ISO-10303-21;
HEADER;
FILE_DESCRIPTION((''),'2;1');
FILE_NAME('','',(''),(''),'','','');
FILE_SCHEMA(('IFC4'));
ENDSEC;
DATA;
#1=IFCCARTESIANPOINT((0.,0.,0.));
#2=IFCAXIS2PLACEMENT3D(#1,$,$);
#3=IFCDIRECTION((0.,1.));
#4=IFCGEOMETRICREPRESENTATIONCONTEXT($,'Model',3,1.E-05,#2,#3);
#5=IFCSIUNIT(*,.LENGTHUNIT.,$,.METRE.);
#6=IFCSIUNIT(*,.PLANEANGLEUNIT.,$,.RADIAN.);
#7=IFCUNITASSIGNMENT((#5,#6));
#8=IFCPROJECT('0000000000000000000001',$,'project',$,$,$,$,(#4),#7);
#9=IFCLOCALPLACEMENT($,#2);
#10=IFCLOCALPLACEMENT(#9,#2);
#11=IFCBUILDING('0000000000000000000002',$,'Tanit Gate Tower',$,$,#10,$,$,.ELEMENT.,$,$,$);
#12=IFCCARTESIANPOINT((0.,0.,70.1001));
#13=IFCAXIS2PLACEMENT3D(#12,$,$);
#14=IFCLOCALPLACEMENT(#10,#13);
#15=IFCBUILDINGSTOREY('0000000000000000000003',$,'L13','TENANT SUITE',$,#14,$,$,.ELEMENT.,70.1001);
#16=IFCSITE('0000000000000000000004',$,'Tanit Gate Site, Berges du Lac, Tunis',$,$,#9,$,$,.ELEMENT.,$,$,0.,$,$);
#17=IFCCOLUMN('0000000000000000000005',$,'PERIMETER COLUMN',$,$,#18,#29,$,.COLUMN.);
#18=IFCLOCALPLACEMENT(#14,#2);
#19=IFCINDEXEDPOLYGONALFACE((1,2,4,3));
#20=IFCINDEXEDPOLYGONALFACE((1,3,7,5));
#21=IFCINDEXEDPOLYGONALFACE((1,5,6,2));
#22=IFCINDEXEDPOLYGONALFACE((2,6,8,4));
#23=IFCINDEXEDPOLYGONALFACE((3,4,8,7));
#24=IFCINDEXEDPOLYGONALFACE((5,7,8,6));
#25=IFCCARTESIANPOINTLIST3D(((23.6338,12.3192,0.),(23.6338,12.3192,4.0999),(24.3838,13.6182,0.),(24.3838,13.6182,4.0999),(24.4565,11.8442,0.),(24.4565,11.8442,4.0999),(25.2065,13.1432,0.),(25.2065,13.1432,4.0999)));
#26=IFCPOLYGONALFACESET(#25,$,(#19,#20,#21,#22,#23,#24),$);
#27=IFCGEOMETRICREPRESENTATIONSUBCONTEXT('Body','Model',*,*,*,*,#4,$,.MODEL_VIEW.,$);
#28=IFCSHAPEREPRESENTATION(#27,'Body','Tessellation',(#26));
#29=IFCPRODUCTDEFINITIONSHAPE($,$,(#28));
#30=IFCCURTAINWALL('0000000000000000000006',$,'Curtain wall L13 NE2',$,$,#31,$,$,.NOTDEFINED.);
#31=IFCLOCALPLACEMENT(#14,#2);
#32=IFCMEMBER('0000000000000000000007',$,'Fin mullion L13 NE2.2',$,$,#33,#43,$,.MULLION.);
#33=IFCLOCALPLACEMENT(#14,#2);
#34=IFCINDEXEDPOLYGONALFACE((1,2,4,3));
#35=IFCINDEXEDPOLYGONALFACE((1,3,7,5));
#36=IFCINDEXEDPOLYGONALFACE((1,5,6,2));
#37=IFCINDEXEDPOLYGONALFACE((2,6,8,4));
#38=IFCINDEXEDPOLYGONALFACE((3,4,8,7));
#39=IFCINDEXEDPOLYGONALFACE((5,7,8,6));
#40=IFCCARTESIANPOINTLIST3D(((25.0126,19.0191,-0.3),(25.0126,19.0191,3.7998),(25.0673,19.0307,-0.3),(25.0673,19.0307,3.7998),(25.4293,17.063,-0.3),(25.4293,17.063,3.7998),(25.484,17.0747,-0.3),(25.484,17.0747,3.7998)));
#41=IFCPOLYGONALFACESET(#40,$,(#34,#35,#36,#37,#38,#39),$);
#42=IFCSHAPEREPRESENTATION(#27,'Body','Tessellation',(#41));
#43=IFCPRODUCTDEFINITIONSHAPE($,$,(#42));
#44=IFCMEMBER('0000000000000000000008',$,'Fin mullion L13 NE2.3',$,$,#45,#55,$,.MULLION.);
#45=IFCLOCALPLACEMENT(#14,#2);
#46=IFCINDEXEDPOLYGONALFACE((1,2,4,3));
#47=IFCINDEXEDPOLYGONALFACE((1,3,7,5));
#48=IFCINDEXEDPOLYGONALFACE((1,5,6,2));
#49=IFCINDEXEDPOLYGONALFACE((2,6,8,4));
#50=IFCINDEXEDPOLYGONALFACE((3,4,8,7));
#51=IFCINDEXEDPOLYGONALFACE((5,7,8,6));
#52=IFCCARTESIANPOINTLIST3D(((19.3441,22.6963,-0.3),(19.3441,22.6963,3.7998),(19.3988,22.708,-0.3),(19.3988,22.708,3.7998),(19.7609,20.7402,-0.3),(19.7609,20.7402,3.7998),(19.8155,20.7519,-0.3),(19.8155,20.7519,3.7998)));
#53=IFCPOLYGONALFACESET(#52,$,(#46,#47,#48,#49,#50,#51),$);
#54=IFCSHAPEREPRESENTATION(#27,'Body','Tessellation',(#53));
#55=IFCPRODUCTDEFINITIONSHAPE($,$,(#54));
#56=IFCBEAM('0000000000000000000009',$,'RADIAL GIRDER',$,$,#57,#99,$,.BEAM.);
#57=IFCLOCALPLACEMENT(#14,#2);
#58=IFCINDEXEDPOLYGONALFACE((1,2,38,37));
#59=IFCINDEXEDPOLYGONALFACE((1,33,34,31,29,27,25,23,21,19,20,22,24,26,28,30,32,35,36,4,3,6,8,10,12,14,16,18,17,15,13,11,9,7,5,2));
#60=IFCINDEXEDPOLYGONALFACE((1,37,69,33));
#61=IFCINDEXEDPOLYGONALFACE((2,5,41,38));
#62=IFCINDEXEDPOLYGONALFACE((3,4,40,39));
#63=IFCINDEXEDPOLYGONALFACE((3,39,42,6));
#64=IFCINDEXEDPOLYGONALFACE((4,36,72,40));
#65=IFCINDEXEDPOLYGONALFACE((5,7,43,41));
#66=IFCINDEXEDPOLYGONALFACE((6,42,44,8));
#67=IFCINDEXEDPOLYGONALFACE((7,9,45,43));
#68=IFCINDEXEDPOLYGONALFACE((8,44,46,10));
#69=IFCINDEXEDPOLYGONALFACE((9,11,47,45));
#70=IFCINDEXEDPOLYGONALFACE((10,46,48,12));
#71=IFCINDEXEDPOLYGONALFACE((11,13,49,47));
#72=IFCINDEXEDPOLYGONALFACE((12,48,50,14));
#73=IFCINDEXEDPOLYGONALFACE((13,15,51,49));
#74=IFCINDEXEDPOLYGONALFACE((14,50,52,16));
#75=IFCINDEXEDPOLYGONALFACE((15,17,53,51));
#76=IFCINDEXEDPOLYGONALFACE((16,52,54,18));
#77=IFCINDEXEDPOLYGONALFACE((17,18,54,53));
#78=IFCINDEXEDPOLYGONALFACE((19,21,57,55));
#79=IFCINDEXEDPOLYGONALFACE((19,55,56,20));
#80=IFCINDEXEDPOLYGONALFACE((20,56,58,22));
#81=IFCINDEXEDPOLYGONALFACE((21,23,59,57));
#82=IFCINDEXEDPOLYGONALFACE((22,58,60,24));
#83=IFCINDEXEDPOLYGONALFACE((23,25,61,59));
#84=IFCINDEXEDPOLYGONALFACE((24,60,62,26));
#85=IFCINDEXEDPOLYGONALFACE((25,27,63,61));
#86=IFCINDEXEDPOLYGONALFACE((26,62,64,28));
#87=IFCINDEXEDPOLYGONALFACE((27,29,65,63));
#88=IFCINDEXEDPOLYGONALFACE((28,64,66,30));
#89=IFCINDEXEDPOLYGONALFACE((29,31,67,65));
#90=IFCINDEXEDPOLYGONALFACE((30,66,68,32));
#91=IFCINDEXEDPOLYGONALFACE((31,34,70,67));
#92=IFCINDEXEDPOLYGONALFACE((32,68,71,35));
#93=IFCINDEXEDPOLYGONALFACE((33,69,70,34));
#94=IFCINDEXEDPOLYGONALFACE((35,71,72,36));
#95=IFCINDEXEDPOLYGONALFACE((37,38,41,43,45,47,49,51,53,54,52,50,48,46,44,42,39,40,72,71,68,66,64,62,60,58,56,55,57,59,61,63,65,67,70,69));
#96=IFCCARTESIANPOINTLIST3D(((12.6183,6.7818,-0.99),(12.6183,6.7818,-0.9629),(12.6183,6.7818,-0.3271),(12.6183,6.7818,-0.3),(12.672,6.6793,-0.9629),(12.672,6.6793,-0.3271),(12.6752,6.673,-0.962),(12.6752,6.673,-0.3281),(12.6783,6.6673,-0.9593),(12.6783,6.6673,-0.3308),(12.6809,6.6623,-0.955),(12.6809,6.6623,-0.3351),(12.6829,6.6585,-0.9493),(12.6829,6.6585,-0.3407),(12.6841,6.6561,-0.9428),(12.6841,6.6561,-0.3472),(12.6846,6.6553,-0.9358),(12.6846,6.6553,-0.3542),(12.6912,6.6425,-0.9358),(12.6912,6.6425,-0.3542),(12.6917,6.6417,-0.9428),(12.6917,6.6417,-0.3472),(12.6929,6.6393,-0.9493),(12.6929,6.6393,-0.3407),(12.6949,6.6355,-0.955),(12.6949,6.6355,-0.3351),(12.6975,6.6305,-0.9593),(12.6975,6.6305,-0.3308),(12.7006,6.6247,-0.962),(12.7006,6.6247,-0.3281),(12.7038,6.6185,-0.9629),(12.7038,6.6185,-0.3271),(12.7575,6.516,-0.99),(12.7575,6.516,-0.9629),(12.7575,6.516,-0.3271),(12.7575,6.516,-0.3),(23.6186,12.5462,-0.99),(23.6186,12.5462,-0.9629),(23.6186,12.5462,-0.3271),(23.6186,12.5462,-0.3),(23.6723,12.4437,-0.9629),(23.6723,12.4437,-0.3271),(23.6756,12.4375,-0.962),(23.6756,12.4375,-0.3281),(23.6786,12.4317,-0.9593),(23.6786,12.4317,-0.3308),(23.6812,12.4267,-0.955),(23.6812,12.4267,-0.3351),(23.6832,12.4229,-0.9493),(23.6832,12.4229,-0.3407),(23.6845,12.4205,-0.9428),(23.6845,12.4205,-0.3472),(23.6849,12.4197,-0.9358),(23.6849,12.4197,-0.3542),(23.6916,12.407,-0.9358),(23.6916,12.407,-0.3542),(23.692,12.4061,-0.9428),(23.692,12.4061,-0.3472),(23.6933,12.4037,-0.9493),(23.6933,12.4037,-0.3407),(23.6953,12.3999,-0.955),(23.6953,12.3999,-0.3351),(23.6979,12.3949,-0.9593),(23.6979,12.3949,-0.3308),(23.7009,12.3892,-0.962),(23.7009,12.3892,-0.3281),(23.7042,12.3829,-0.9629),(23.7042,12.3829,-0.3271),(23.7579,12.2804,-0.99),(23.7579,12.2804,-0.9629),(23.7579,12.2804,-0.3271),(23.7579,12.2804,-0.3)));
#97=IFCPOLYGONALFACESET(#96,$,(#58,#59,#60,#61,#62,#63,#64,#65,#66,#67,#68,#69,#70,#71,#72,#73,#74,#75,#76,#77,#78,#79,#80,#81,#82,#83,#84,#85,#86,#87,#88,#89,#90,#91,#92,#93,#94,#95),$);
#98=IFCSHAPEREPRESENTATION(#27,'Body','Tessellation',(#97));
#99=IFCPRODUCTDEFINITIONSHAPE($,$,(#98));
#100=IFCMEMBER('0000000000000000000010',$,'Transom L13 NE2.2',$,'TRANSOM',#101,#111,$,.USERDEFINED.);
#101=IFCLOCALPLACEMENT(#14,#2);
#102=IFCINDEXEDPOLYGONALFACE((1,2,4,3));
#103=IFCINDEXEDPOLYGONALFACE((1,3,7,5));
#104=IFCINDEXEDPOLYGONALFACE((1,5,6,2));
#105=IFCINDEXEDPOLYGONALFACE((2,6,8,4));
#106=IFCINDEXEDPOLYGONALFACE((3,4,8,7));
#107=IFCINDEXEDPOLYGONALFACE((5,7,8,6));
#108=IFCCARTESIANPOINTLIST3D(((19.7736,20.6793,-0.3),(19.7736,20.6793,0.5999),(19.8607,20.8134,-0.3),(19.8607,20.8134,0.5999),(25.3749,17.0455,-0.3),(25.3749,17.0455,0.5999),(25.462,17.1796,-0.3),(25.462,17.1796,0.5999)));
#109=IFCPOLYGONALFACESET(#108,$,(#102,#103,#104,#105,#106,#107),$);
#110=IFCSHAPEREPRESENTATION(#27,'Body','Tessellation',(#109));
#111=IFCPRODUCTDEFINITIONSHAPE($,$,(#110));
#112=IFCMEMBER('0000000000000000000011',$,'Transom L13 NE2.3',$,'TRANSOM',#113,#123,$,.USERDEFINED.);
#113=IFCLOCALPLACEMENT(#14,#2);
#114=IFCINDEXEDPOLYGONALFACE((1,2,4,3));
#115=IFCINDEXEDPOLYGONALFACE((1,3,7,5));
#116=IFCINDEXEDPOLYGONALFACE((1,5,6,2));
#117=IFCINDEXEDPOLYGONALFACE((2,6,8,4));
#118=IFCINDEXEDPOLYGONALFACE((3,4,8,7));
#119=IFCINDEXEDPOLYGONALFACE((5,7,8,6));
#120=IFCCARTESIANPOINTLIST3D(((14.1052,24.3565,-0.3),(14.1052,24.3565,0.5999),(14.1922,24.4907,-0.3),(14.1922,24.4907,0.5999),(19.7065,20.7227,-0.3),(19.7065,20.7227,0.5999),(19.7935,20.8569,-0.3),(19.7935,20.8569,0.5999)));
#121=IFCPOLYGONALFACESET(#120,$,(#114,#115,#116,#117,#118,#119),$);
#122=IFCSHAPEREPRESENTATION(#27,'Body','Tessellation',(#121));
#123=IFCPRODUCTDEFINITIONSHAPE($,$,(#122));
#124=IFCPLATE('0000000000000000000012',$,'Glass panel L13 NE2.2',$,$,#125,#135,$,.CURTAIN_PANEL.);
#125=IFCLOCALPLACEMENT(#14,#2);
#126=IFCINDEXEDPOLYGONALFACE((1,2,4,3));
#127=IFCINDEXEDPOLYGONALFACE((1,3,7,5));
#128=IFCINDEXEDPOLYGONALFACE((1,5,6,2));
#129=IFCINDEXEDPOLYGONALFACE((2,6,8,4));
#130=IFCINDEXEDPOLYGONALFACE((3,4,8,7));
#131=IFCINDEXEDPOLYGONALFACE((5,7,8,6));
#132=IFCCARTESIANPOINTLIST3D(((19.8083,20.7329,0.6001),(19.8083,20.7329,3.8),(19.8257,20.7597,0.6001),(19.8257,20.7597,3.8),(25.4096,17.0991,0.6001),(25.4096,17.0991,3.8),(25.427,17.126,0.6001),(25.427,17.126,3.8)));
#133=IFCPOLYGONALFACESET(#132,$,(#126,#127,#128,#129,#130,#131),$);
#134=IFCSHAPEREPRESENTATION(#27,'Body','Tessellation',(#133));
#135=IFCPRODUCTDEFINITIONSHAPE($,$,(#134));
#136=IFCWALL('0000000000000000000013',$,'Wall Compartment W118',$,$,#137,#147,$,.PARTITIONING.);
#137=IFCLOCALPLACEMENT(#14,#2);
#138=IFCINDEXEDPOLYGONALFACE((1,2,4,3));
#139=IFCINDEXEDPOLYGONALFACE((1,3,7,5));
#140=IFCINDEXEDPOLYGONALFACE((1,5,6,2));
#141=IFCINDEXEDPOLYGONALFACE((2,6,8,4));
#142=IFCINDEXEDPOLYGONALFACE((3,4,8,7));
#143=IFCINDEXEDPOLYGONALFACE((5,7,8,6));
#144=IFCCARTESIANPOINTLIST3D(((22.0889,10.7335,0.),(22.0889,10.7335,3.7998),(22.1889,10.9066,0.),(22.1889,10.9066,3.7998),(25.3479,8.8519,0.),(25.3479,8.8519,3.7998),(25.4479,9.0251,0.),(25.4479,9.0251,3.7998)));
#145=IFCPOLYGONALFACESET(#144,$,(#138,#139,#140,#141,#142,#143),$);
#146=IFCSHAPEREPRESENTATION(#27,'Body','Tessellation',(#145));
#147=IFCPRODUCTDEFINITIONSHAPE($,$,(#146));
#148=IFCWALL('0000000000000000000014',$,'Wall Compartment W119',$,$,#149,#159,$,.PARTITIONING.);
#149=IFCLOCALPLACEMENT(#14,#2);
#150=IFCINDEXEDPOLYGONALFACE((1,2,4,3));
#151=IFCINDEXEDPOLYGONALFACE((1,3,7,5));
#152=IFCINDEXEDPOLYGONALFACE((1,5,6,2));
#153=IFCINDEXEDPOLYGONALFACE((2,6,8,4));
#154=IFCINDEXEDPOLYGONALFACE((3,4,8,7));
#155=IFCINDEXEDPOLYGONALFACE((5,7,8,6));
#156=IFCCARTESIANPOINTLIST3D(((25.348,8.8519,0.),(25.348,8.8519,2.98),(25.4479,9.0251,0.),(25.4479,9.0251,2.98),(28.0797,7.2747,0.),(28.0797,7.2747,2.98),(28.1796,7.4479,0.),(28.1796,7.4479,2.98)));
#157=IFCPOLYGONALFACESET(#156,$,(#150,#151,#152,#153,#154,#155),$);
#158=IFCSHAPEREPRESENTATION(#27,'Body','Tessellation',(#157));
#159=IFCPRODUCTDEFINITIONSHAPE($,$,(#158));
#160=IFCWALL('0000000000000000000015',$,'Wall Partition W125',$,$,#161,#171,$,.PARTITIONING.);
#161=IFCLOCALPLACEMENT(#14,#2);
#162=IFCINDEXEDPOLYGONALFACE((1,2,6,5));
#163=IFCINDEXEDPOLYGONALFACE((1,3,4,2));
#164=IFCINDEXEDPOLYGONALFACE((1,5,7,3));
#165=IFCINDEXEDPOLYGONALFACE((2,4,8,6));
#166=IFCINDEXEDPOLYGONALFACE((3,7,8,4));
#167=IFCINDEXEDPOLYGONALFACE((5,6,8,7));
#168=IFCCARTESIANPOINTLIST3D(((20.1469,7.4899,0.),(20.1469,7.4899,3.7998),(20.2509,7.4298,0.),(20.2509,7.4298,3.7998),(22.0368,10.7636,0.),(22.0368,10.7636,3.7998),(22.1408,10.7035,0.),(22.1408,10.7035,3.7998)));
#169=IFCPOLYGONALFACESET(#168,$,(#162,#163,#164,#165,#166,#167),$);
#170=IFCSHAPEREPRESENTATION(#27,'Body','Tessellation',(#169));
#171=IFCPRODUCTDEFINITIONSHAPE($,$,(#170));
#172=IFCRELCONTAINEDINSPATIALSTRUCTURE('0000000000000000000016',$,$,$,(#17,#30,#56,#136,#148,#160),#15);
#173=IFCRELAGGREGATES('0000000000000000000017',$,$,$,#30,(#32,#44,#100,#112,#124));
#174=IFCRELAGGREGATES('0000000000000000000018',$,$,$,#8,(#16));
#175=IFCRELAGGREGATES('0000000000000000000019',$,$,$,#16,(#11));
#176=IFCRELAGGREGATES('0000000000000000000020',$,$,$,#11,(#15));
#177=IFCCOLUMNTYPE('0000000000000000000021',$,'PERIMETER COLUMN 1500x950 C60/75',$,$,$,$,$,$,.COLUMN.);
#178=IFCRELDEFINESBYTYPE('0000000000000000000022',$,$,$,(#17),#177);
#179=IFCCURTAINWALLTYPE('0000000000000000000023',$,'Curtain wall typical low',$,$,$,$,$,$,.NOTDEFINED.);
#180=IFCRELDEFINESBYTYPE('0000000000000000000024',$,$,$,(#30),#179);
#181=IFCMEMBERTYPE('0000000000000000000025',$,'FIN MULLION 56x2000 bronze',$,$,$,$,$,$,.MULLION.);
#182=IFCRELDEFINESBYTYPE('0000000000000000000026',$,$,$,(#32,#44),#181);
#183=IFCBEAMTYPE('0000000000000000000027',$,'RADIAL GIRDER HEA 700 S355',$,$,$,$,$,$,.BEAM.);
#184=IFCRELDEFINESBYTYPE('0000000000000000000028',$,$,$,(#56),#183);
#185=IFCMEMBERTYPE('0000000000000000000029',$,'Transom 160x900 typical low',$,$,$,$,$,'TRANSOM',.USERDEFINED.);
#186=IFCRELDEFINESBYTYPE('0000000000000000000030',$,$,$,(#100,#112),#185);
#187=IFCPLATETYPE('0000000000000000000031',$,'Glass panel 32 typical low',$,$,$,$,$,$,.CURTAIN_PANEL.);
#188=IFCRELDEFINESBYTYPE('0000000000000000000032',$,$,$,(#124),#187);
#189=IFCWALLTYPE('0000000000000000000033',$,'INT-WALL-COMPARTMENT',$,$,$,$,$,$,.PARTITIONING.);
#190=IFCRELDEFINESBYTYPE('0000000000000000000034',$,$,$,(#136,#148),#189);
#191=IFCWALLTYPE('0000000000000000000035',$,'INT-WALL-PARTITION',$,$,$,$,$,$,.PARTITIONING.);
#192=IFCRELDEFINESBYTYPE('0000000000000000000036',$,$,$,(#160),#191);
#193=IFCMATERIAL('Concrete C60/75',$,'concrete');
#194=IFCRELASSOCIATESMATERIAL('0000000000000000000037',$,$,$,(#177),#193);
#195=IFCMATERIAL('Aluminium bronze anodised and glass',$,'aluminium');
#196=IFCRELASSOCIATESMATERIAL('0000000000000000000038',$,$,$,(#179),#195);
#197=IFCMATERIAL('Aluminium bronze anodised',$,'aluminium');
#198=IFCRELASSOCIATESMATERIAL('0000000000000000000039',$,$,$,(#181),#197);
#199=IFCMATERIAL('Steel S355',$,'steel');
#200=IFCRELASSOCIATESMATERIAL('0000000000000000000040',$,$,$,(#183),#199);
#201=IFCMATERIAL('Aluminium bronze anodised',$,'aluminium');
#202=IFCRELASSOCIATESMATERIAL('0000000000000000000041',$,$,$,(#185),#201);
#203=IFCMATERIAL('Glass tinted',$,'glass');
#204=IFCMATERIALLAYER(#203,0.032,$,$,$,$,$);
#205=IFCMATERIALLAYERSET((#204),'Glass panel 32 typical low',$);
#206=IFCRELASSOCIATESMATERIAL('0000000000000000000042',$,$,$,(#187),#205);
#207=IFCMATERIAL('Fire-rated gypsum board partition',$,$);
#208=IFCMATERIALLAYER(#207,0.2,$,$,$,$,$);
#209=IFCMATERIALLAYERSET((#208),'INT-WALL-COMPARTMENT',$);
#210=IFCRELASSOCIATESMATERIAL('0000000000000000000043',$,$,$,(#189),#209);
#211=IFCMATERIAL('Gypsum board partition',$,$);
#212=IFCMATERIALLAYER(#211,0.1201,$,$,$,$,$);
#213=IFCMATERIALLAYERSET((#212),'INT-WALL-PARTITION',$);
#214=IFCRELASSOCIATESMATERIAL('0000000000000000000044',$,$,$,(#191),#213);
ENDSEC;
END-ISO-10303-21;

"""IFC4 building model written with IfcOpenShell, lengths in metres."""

from ifc_helpers import new_model, si_unit, direction, frame, frame_2d, origin, origin_2d, place, context, subcontext, project, spatial, rectangle, i_section, extrude, material, layer, layer_set, material_profile, profile_set, type_object, element, aggregate, save


model = new_model("IFC4")

# Units and contexts
model_context = context("Model", 3, precision=1e-05, world=origin(), true_north=direction((0.0, 1.0)))
body_context = subcontext(model_context, "Body", "Model", "MODEL_VIEW")
ifc_project = project(units=[si_unit("LENGTHUNIT", "METRE"), si_unit("PLANEANGLEUNIT", "RADIAN")], contexts=[model_context])

# Site, building, storey
site_placement = place(None, origin())
site = spatial("IfcSite", under=ifc_project, at=site_placement, Name="Tanit Gate Site, Berges du Lac, Tunis", CompositionType="ELEMENT", RefElevation=0.0)
building_placement = place(site_placement, origin())
building = spatial("IfcBuilding", under=site, at=building_placement, Name="Tanit Gate Tower", CompositionType="ELEMENT")
storey_placement = place(building_placement, frame((0.0, 0.0, 70.1001)))
storey = spatial("IfcBuildingStorey", under=building, at=storey_placement, Name="L13", Description="TENANT SUITE", CompositionType="ELEMENT", Elevation=70.1001)

# Column
ifc_material_1 = material(Name="Concrete C60/75", Category="concrete")
ifc_material_profile_1 = material_profile(ifc_material_1, rectangle(XDim=1.5, YDim=0.95, at=origin_2d()), Name="RC 1500x950")
ifc_profile_set_1 = profile_set([ifc_material_profile_1], Name="Concrete C60/75")
column_type = type_object("IfcColumnType", Name="PERIMETER COLUMN 1500x950 C60/75", PredefinedType="COLUMN", material=ifc_profile_set_1)
column_placement = place(storey_placement, frame((24.4202, 12.7312, 0.0), z_axis=(0.0, 0.0, 1.0), x_axis=(0.5, 0.866025, 0.0)))
element("IfcColumn", 1, at=column_placement, inside=storey, type_object=column_type, Name="PERIMETER COLUMN", PredefinedType="COLUMN", context=body_context, shape_type="SweptSolid", body=[
    extrude(rectangle(XDim=1.5, YDim=0.95, at=origin_2d()), origin(), (0.0, 0.0, 1.0), 4.0999),
])

# Curtain wall, members
ifc_material_2 = material(Name="Aluminium bronze anodised and glass", Category="aluminium")
curtain_wall_type = type_object("IfcCurtainWallType", Name="Curtain wall typical low", PredefinedType="NOTDEFINED", material=ifc_material_2)
curtain_wall_placement = place(storey_placement, origin())
curtain_wall = element("IfcCurtainWall", 2, at=curtain_wall_placement, inside=storey, type_object=curtain_wall_type, Name="Curtain wall L13 NE2", PredefinedType="NOTDEFINED")
ifc_material_3 = material(Name="Aluminium bronze anodised", Category="aluminium")
ifc_material_profile_2 = material_profile(ifc_material_3, rectangle(XDim=2.0, YDim=0.0559, at=origin_2d()), Name="56x2000 bronze fin mullion")
ifc_profile_set_2 = profile_set([ifc_material_profile_2], Name="Aluminium bronze anodised")
member_type_1 = type_object("IfcMemberType", Name="FIN MULLION 56x2000 bronze", PredefinedType="MULLION", material=ifc_profile_set_2)
member_1_placement = place(storey_placement, frame((25.2483, 18.0469, -0.3), z_axis=(0.0, 0.0, 1.0), x_axis=(0.208373, -0.978049, 0.0)))
member_1 = element("IfcMember", 3, at=member_1_placement, type_object=member_type_1, Name="Fin mullion L13 NE2.2", PredefinedType="MULLION", context=body_context, shape_type="SweptSolid", body=[
    extrude(rectangle(XDim=2.0, YDim=0.0559, at=origin_2d()), origin(), (0.0, 0.0, 1.0), 4.0999),
])
member_2_placement = place(storey_placement, frame((19.5798, 21.7241, -0.3), z_axis=(0.0, 0.0, 1.0), x_axis=(0.208373, -0.978049, 0.0)))
member_2 = element("IfcMember", 4, at=member_2_placement, type_object=member_type_1, Name="Fin mullion L13 NE2.3", PredefinedType="MULLION", context=body_context, shape_type="SweptSolid", body=[
    extrude(rectangle(XDim=2.0, YDim=0.0559, at=origin_2d()), origin(), (0.0, 0.0, 1.0), 4.0999),
])

# Beam
ifc_material_4 = material(Name="Steel S355", Category="steel")
ifc_material_profile_3 = material_profile(ifc_material_4, i_section(OverallWidth=0.3, OverallDepth=0.6899, WebThickness=0.0144, FlangeThickness=0.0271, FilletRadius=0.0271, at=origin_2d()), Name="HEA 700")
ifc_profile_set_3 = profile_set([ifc_material_profile_3], Name="Steel S355")
beam_type = type_object("IfcBeamType", Name="RADIAL GIRDER HEA 700 S355", PredefinedType="BEAM", material=ifc_profile_set_3)
beam_placement = place(storey_placement, frame((23.6882, 12.4133, -0.645), z_axis=(-0.885753, -0.464157, 0.0), x_axis=(0.464157, -0.885753, 0.0)))
element("IfcBeam", 5, at=beam_placement, inside=storey, type_object=beam_type, Name="RADIAL GIRDER", PredefinedType="BEAM", context=body_context, shape_type="SweptSolid", body=[
    extrude(i_section(OverallWidth=0.3, OverallDepth=0.6899, WebThickness=0.0144, FlangeThickness=0.0271, FilletRadius=0.0271, at=origin_2d()), origin(), (0.0, 0.0, 1.0), 12.4192),
])

# Members
ifc_material_5 = material(Name="Aluminium bronze anodised", Category="aluminium")
ifc_material_profile_4 = material_profile(ifc_material_5, rectangle(XDim=0.1599, YDim=0.8999, at=origin_2d()), Name="160x900 bronze transom")
ifc_profile_set_4 = profile_set([ifc_material_profile_4], Name="Aluminium bronze anodised")
member_type_2 = type_object("IfcMemberType", Name="Transom 160x900 typical low", ElementType="TRANSOM", PredefinedType="USERDEFINED", material=ifc_profile_set_4)
member_3_placement = place(storey_placement, frame((25.4185, 17.1125, 0.1499), z_axis=(-0.838927, 0.544244, 0.0), x_axis=(-0.544244, -0.838927, 0.0)))
member_3 = element("IfcMember", 6, at=member_3_placement, type_object=member_type_2, Name="Transom L13 NE2.2", ObjectType="TRANSOM", PredefinedType="USERDEFINED", context=body_context, shape_type="SweptSolid", body=[
    extrude(rectangle(XDim=0.1599, YDim=0.8999, at=origin_2d()), origin(), (0.0, 0.0, 1.0), 6.6768),
])
member_4_placement = place(storey_placement, frame((19.75, 20.7898, 0.1499), z_axis=(-0.838927, 0.544244, 0.0), x_axis=(-0.544244, -0.838927, 0.0)))
member_4 = element("IfcMember", 7, at=member_4_placement, type_object=member_type_2, Name="Transom L13 NE2.3", ObjectType="TRANSOM", PredefinedType="USERDEFINED", context=body_context, shape_type="SweptSolid", body=[
    extrude(rectangle(XDim=0.1599, YDim=0.8999, at=origin_2d()), origin(), (0.0, 0.0, 1.0), 6.6768),
])

# Plate
ifc_material_6 = material(Name="Glass tinted", Category="glass")
ifc_layer_1 = layer(ifc_material_6, 0.032)
ifc_layer_set_1 = layer_set([ifc_layer_1], Name="Glass panel 32 typical low")
plate_type = type_object("IfcPlateType", Name="Glass panel 32 typical low", PredefinedType="CURTAIN_PANEL", material=ifc_layer_set_1)
plate_placement = place(storey_placement, frame((22.6177, 18.9294, 0.6001), z_axis=(0.0, 0.0, 1.0), x_axis=(-0.838927, 0.544243, 0.0)))
plate = element("IfcPlate", 8, at=plate_placement, type_object=plate_type, Name="Glass panel L13 NE2.2", PredefinedType="CURTAIN_PANEL", context=body_context, shape_type="SweptSolid", body=[
    extrude(rectangle(XDim=6.6768, YDim=0.032, at=origin_2d()), origin(), (0.0, 0.0, 1.0), 3.2),
])
aggregate(curtain_wall, [member_1, member_2, member_3, member_4, plate])

# Walls
ifc_material_7 = material(Name="Fire-rated gypsum board partition")
ifc_layer_2 = layer(ifc_material_7, 0.2)
ifc_layer_set_2 = layer_set([ifc_layer_2], Name="INT-WALL-COMPARTMENT")
wall_type_1 = type_object("IfcWallType", Name="INT-WALL-COMPARTMENT", PredefinedType="PARTITIONING", material=ifc_layer_set_2)
wall_1_placement = place(storey_placement, frame((22.1389, 10.8201, 0.0), z_axis=(0.0, 0.0, 1.0), x_axis=(0.866027, -0.499998, 0.0)))
element("IfcWall", 9, at=wall_1_placement, inside=storey, type_object=wall_type_1, Name="Wall Compartment W118", PredefinedType="PARTITIONING", context=body_context, shape_type="SweptSolid", body=[
    extrude(rectangle(XDim=3.7632, YDim=0.2, at=frame_2d((1.8816, 0.0))), origin(), (0.0, 0.0, 1.0), 3.7998),
])
wall_2_placement = place(storey_placement, frame((25.3979, 8.9385, 0.0), z_axis=(0.0, 0.0, 1.0), x_axis=(0.866024, -0.500002, 0.0)))
element("IfcWall", 10, at=wall_2_placement, inside=storey, type_object=wall_type_1, Name="Wall Compartment W119", PredefinedType="PARTITIONING", context=body_context, shape_type="SweptSolid", body=[
    extrude(rectangle(XDim=3.1543, YDim=0.2, at=frame_2d((1.5771, 0.0))), origin(), (0.0, 0.0, 1.0), 2.98),
])
ifc_material_8 = material(Name="Gypsum board partition")
ifc_layer_3 = layer(ifc_material_8, 0.1201)
ifc_layer_set_3 = layer_set([ifc_layer_3], Name="INT-WALL-PARTITION")
wall_type_2 = type_object("IfcWallType", Name="INT-WALL-PARTITION", PredefinedType="PARTITIONING", material=ifc_layer_set_3)
wall_3_placement = place(storey_placement, frame((22.0889, 10.7336, 0.0), z_axis=(0.0, 0.0, 1.0), x_axis=(-0.499967, -0.866045, 0.0)))
element("IfcWall", 11, at=wall_3_placement, inside=storey, type_object=wall_type_2, Name="Wall Partition W125", PredefinedType="PARTITIONING", context=body_context, shape_type="SweptSolid", body=[
    extrude(rectangle(XDim=3.78, YDim=0.1201, at=frame_2d((1.8901, 0.0))), origin(), (0.0, 0.0, 1.0), 3.7998),
])

save(model, "model.ifc")
